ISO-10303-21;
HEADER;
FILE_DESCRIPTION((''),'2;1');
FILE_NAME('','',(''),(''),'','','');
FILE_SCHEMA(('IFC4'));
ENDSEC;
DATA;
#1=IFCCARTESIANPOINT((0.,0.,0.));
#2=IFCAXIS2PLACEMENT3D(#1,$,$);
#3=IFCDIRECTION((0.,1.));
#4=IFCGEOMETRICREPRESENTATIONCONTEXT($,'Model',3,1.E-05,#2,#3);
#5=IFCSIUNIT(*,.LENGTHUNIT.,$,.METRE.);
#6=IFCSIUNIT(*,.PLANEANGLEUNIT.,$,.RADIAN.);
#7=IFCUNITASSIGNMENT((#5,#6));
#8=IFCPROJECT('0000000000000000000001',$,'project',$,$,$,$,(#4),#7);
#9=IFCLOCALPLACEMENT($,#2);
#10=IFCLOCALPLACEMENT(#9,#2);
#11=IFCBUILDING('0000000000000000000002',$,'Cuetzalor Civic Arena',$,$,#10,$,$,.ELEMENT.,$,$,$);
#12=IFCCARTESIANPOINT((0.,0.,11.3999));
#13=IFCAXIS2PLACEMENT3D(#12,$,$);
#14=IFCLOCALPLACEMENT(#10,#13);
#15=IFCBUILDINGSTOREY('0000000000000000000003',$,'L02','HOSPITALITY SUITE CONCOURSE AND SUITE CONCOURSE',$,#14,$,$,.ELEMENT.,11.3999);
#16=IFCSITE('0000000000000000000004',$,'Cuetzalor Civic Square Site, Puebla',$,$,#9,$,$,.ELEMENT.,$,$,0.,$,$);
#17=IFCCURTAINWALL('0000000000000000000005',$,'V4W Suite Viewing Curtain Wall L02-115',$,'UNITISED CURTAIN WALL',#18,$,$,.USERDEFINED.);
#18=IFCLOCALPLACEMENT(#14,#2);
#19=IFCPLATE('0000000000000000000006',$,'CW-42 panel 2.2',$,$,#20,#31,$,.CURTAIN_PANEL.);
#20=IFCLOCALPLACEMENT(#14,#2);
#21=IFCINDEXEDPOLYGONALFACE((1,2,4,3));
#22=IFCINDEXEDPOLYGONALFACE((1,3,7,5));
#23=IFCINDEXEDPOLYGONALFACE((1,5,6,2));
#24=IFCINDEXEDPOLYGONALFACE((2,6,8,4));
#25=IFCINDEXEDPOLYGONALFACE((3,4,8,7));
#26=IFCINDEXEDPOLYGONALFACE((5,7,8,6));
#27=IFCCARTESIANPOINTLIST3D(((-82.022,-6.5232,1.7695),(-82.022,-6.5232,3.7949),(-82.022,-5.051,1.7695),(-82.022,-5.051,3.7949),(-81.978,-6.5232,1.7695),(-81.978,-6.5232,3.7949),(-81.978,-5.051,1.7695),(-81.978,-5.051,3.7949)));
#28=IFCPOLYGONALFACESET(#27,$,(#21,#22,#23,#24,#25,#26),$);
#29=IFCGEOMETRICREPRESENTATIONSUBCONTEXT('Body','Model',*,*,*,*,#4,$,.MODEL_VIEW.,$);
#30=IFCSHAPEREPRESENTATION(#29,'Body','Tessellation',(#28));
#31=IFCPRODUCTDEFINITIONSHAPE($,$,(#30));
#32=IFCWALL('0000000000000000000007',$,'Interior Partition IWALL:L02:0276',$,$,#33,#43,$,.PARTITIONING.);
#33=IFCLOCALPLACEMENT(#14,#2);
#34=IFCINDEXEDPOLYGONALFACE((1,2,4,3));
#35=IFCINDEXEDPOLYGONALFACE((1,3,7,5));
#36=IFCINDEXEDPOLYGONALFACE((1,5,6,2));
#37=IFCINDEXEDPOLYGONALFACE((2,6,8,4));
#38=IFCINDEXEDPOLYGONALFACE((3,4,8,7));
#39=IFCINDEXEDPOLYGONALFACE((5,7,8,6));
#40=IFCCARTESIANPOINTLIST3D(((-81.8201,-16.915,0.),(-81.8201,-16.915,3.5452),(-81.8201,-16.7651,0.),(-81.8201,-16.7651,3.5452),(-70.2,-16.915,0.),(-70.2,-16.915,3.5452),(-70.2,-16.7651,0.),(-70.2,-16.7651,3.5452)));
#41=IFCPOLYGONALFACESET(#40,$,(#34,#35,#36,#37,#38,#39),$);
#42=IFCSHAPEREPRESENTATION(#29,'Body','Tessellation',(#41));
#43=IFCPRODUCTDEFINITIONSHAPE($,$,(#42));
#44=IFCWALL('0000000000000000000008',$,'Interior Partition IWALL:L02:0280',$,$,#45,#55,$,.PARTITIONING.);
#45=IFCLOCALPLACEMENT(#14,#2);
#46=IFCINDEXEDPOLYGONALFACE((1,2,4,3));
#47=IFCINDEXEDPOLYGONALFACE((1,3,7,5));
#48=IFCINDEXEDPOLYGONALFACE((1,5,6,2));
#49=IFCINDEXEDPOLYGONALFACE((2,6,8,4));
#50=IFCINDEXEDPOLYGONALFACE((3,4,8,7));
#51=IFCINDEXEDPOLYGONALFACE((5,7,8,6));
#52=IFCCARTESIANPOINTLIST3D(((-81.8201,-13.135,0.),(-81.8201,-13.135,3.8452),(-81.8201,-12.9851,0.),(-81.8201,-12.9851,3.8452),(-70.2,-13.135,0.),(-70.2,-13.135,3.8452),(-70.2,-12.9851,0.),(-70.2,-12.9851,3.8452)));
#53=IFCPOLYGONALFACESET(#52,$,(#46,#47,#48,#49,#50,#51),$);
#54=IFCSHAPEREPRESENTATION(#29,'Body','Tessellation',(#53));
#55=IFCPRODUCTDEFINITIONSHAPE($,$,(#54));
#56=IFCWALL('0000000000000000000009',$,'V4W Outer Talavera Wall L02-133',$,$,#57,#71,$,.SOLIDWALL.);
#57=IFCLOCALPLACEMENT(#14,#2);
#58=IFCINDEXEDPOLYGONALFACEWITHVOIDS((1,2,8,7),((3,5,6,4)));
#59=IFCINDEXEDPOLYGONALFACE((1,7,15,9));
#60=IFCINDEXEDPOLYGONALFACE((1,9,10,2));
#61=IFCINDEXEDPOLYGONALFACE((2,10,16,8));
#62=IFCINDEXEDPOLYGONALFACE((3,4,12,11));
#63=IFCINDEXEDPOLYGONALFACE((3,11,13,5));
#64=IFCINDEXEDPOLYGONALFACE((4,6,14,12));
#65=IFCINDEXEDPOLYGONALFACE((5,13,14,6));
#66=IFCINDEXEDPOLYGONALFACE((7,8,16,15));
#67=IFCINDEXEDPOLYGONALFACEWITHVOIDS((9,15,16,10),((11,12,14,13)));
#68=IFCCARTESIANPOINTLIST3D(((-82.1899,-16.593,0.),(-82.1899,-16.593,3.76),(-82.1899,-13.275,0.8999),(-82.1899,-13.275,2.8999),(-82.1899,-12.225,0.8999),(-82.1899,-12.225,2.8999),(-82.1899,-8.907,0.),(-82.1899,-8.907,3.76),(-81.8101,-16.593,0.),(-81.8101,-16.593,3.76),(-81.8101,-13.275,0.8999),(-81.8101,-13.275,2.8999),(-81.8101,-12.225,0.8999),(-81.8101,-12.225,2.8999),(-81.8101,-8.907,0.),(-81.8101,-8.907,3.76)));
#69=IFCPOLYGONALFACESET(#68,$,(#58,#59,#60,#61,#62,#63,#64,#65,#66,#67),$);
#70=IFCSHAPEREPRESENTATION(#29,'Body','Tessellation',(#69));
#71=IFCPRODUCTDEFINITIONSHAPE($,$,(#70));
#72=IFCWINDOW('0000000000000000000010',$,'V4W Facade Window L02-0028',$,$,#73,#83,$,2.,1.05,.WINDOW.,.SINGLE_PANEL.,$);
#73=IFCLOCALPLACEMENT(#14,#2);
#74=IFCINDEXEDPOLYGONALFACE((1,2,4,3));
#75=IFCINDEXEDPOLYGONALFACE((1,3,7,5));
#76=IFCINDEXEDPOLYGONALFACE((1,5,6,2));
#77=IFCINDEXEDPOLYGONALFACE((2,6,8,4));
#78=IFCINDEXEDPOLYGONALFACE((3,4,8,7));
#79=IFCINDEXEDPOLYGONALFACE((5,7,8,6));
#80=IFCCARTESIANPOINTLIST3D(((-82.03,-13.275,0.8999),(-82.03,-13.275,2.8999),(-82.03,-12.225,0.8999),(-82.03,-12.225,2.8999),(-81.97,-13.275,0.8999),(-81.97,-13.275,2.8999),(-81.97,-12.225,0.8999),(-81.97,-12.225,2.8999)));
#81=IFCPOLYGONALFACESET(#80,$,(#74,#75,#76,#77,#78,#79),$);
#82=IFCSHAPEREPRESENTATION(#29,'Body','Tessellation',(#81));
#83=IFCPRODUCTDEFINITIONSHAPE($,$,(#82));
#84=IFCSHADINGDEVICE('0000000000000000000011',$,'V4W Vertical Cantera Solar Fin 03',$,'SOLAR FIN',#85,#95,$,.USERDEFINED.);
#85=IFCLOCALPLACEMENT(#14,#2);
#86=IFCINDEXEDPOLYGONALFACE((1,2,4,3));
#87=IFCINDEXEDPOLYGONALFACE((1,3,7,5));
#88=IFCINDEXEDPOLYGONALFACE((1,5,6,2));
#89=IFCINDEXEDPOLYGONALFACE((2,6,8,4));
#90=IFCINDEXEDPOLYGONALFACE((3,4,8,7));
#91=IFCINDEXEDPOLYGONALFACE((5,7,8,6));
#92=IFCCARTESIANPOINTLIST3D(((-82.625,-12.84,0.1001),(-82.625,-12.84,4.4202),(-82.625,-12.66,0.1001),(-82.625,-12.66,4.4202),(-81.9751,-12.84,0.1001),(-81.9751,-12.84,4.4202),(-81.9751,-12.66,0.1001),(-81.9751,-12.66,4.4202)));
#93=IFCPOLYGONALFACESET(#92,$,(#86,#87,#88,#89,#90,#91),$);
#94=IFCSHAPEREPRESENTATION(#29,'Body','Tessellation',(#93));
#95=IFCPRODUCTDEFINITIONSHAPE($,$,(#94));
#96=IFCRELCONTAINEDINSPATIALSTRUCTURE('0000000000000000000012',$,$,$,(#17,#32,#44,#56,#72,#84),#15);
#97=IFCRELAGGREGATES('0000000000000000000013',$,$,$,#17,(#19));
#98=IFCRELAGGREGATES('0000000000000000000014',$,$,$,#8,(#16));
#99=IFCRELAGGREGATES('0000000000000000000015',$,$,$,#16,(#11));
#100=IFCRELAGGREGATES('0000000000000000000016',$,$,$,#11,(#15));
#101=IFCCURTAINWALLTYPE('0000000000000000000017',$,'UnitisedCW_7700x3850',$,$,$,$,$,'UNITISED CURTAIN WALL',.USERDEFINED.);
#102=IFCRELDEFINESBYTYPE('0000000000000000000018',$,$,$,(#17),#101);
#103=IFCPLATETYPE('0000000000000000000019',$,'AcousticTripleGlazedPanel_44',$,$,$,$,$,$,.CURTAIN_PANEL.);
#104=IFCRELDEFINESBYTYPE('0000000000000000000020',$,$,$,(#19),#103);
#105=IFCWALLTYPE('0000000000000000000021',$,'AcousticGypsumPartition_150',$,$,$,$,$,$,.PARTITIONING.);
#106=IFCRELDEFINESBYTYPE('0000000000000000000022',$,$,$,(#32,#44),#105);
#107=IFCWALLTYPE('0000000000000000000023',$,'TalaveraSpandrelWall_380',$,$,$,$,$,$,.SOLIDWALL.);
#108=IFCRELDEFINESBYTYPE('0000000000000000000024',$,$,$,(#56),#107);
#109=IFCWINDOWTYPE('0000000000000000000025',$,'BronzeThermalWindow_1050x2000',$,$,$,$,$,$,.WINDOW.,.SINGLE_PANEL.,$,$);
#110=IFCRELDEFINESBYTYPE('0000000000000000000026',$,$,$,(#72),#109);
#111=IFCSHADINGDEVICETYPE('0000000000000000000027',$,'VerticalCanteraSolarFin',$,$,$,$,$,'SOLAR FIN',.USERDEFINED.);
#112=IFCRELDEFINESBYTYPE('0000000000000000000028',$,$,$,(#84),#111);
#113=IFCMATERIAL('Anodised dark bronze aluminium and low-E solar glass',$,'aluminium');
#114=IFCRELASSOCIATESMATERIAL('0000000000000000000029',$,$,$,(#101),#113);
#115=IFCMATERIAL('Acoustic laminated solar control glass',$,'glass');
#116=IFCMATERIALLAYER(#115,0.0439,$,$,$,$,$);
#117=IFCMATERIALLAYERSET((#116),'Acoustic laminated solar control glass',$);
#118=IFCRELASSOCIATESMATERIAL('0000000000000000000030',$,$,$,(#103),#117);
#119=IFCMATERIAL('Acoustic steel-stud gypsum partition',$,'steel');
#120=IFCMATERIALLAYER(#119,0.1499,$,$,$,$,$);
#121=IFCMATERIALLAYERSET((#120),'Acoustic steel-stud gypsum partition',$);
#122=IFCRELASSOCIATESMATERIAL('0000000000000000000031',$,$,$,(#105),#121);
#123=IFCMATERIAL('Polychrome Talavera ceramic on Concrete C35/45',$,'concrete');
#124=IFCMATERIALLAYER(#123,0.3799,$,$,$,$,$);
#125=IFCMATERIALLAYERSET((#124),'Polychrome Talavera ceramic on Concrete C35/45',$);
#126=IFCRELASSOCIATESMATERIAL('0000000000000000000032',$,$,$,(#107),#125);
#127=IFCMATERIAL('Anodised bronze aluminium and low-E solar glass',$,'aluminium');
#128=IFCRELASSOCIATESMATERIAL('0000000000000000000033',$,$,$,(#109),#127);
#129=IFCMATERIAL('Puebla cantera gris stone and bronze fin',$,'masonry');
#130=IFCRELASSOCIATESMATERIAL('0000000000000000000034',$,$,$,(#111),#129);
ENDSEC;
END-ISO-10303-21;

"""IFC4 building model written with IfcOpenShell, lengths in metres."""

from ifc_helpers import new_model, si_unit, direction, frame, frame_2d, origin, origin_2d, place, context, subcontext, project, spatial, rectangle, extrude, material, layer, layer_set, type_object, element, fill, aggregate, save


model = new_model("IFC4")

# Units and contexts
model_context = context("Model", 3, precision=1e-05, world=origin(), true_north=direction((0.0, 1.0)))
body_context = subcontext(model_context, "Body", "Model", "MODEL_VIEW")
ifc_project = project(units=[si_unit("LENGTHUNIT", "METRE"), si_unit("PLANEANGLEUNIT", "RADIAN")], contexts=[model_context])

# Site, building, storey
site_placement = place(None, origin())
site = spatial("IfcSite", under=ifc_project, at=site_placement, Name="Cuetzalor Civic Square Site, Puebla", CompositionType="ELEMENT", RefElevation=0.0)
building_placement = place(site_placement, origin())
building = spatial("IfcBuilding", under=site, at=building_placement, Name="Cuetzalor Civic Arena", CompositionType="ELEMENT")
storey_placement = place(building_placement, frame((0.0, 0.0, 11.3999)))
storey = spatial("IfcBuildingStorey", under=building, at=storey_placement, Name="L02", Description="HOSPITALITY SUITE CONCOURSE AND SUITE CONCOURSE", CompositionType="ELEMENT", Elevation=11.3999)

# Curtain wall, plate
ifc_material_1 = material(Name="Anodised dark bronze aluminium and low-E solar glass", Category="aluminium")
curtain_wall_type = type_object("IfcCurtainWallType", Name="UnitisedCW_7700x3850", ElementType="UNITISED CURTAIN WALL", PredefinedType="USERDEFINED", material=ifc_material_1)
curtain_wall_placement = place(storey_placement, origin())
curtain_wall = element("IfcCurtainWall", 1, at=curtain_wall_placement, inside=storey, type_object=curtain_wall_type, Name="V4W Suite Viewing Curtain Wall L02-115", ObjectType="UNITISED CURTAIN WALL", PredefinedType="USERDEFINED")
ifc_material_2 = material(Name="Acoustic laminated solar control glass", Category="glass")
ifc_layer_1 = layer(ifc_material_2, 0.0439)
ifc_layer_set_1 = layer_set([ifc_layer_1], Name="Acoustic laminated solar control glass")
plate_type = type_object("IfcPlateType", Name="AcousticTripleGlazedPanel_44", PredefinedType="CURTAIN_PANEL", material=ifc_layer_set_1)
plate_1_placement = place(storey_placement, frame((-82.0, -5.7871, 1.7695), z_axis=(0.0, 0.0, 1.0), x_axis=(0.0, 1.0, 0.0)))
plate_1 = element("IfcPlate", 2, at=plate_1_placement, type_object=plate_type, Name="CW-42 panel 2.2", PredefinedType="CURTAIN_PANEL", context=body_context, shape_type="SweptSolid", body=[
    extrude(rectangle(XDim=1.4722, YDim=0.0439, at=origin_2d()), origin(), (0.0, 0.0, 1.0), 2.0254),
])
aggregate(curtain_wall, [plate_1])

# Wall
ifc_material_3 = material(Name="Acoustic steel-stud gypsum partition", Category="steel")
ifc_layer_2 = layer(ifc_material_3, 0.1499)
ifc_layer_set_2 = layer_set([ifc_layer_2], Name="Acoustic steel-stud gypsum partition")
wall_type_1 = type_object("IfcWallType", Name="AcousticGypsumPartition_150", PredefinedType="PARTITIONING", material=ifc_layer_set_2)
wall_1_placement = place(storey_placement, frame((-81.8201, -16.8401, 0.0), z_axis=(0.0, 0.0, 1.0), x_axis=(1.0, 0.0, 0.0)))
element("IfcWall", 3, at=wall_1_placement, inside=storey, type_object=wall_type_1, Name="Interior Partition IWALL:L02:0276", PredefinedType="PARTITIONING", context=body_context, shape_type="SweptSolid", body=[
    extrude(rectangle(XDim=11.6201, YDim=0.1499, at=frame_2d((5.8101, 0.0))), origin(), (0.0, 0.0, 1.0), 3.5452),
])

# Wall
wall_2_placement = place(storey_placement, frame((-81.8201, -13.0601, 0.0), z_axis=(0.0, 0.0, 1.0), x_axis=(1.0, 0.0, 0.0)))
element("IfcWall", 4, at=wall_2_placement, inside=storey, type_object=wall_type_1, Name="Interior Partition IWALL:L02:0280", PredefinedType="PARTITIONING", context=body_context, shape_type="SweptSolid", body=[
    extrude(rectangle(XDim=11.6201, YDim=0.1499, at=frame_2d((5.8101, 0.0))), origin(), (0.0, 0.0, 1.0), 3.8452),
])

# Wall, opening, window
ifc_material_4 = material(Name="Polychrome Talavera ceramic on Concrete C35/45", Category="concrete")
ifc_layer_3 = layer(ifc_material_4, 0.3799)
ifc_layer_set_3 = layer_set([ifc_layer_3], Name="Polychrome Talavera ceramic on Concrete C35/45")
wall_type_2 = type_object("IfcWallType", Name="TalaveraSpandrelWall_380", PredefinedType="SOLIDWALL", material=ifc_layer_set_3)
wall_3_placement = place(storey_placement, frame((-82.0, -16.593, 0.0), z_axis=(0.0, 0.0, 1.0), x_axis=(0.0, 1.0, 0.0)))
wall_3 = element("IfcWall", 5, at=wall_3_placement, inside=storey, type_object=wall_type_2, Name="V4W Outer Talavera Wall L02-133", PredefinedType="SOLIDWALL", context=body_context, shape_type="SweptSolid", body=[
    extrude(rectangle(XDim=7.686, YDim=0.3799, at=frame_2d((3.843, 0.0))), origin(), (0.0, 0.0, 1.0), 3.76),
])
opening_1_placement = place(wall_3_placement, frame((3.3181, 0.0, 0.8999)))
opening_1 = element("IfcOpeningElement", 6, at=opening_1_placement, cuts=wall_3, PredefinedType="OPENING", context=body_context, shape_type="SweptSolid", body=[
    extrude(rectangle(XDim=1.05, YDim=2.0, at=frame_2d((0.5249, 1.0))), frame((0.0, 0.2, 0.0), z_axis=(0.0, -1.0, 0.0), x_axis=(1.0, 0.0, 0.0)), (0.0, 0.0, 1.0), 0.3999),
])
ifc_material_5 = material(Name="Anodised bronze aluminium and low-E solar glass", Category="aluminium")
window_type = type_object("IfcWindowType", Name="BronzeThermalWindow_1050x2000", PartitioningType="SINGLE_PANEL", PredefinedType="WINDOW", material=ifc_material_5)
window_placement = place(opening_1_placement, origin())
window = element("IfcWindow", 7, at=window_placement, inside=storey, type_object=window_type, Name="V4W Facade Window L02-0028", OverallHeight=2.0, OverallWidth=1.05, PartitioningType="SINGLE_PANEL", PredefinedType="WINDOW", context=body_context, shape_type="SweptSolid", body=[
    extrude(rectangle(XDim=1.05, YDim=2.0, at=frame_2d((0.5249, 1.0))), frame((0.0, 0.03, 0.0), z_axis=(0.0, -1.0, 0.0), x_axis=(1.0, 0.0, 0.0)), (0.0, 0.0, 1.0), 0.0601),
])
fill(opening_1, window)

# Shading device
ifc_material_6 = material(Name="Puebla cantera gris stone and bronze fin", Category="masonry")
shading_device_type = type_object("IfcShadingDeviceType", Name="VerticalCanteraSolarFin", ElementType="SOLAR FIN", PredefinedType="USERDEFINED", material=ifc_material_6)
shading_device_placement = place(storey_placement, frame((-82.3, -12.75, 0.1001), z_axis=(0.0, 0.0, 1.0), x_axis=(1.0, 0.0, 0.0)))
element("IfcShadingDevice", 8, at=shading_device_placement, inside=storey, type_object=shading_device_type, Name="V4W Vertical Cantera Solar Fin 03", ObjectType="SOLAR FIN", PredefinedType="USERDEFINED", context=body_context, shape_type="SweptSolid", body=[
    extrude(rectangle(XDim=0.6499, YDim=0.1799, at=origin_2d()), origin(), (0.0, 0.0, 1.0), 4.3201),
])

save(model, "model.ifc")
